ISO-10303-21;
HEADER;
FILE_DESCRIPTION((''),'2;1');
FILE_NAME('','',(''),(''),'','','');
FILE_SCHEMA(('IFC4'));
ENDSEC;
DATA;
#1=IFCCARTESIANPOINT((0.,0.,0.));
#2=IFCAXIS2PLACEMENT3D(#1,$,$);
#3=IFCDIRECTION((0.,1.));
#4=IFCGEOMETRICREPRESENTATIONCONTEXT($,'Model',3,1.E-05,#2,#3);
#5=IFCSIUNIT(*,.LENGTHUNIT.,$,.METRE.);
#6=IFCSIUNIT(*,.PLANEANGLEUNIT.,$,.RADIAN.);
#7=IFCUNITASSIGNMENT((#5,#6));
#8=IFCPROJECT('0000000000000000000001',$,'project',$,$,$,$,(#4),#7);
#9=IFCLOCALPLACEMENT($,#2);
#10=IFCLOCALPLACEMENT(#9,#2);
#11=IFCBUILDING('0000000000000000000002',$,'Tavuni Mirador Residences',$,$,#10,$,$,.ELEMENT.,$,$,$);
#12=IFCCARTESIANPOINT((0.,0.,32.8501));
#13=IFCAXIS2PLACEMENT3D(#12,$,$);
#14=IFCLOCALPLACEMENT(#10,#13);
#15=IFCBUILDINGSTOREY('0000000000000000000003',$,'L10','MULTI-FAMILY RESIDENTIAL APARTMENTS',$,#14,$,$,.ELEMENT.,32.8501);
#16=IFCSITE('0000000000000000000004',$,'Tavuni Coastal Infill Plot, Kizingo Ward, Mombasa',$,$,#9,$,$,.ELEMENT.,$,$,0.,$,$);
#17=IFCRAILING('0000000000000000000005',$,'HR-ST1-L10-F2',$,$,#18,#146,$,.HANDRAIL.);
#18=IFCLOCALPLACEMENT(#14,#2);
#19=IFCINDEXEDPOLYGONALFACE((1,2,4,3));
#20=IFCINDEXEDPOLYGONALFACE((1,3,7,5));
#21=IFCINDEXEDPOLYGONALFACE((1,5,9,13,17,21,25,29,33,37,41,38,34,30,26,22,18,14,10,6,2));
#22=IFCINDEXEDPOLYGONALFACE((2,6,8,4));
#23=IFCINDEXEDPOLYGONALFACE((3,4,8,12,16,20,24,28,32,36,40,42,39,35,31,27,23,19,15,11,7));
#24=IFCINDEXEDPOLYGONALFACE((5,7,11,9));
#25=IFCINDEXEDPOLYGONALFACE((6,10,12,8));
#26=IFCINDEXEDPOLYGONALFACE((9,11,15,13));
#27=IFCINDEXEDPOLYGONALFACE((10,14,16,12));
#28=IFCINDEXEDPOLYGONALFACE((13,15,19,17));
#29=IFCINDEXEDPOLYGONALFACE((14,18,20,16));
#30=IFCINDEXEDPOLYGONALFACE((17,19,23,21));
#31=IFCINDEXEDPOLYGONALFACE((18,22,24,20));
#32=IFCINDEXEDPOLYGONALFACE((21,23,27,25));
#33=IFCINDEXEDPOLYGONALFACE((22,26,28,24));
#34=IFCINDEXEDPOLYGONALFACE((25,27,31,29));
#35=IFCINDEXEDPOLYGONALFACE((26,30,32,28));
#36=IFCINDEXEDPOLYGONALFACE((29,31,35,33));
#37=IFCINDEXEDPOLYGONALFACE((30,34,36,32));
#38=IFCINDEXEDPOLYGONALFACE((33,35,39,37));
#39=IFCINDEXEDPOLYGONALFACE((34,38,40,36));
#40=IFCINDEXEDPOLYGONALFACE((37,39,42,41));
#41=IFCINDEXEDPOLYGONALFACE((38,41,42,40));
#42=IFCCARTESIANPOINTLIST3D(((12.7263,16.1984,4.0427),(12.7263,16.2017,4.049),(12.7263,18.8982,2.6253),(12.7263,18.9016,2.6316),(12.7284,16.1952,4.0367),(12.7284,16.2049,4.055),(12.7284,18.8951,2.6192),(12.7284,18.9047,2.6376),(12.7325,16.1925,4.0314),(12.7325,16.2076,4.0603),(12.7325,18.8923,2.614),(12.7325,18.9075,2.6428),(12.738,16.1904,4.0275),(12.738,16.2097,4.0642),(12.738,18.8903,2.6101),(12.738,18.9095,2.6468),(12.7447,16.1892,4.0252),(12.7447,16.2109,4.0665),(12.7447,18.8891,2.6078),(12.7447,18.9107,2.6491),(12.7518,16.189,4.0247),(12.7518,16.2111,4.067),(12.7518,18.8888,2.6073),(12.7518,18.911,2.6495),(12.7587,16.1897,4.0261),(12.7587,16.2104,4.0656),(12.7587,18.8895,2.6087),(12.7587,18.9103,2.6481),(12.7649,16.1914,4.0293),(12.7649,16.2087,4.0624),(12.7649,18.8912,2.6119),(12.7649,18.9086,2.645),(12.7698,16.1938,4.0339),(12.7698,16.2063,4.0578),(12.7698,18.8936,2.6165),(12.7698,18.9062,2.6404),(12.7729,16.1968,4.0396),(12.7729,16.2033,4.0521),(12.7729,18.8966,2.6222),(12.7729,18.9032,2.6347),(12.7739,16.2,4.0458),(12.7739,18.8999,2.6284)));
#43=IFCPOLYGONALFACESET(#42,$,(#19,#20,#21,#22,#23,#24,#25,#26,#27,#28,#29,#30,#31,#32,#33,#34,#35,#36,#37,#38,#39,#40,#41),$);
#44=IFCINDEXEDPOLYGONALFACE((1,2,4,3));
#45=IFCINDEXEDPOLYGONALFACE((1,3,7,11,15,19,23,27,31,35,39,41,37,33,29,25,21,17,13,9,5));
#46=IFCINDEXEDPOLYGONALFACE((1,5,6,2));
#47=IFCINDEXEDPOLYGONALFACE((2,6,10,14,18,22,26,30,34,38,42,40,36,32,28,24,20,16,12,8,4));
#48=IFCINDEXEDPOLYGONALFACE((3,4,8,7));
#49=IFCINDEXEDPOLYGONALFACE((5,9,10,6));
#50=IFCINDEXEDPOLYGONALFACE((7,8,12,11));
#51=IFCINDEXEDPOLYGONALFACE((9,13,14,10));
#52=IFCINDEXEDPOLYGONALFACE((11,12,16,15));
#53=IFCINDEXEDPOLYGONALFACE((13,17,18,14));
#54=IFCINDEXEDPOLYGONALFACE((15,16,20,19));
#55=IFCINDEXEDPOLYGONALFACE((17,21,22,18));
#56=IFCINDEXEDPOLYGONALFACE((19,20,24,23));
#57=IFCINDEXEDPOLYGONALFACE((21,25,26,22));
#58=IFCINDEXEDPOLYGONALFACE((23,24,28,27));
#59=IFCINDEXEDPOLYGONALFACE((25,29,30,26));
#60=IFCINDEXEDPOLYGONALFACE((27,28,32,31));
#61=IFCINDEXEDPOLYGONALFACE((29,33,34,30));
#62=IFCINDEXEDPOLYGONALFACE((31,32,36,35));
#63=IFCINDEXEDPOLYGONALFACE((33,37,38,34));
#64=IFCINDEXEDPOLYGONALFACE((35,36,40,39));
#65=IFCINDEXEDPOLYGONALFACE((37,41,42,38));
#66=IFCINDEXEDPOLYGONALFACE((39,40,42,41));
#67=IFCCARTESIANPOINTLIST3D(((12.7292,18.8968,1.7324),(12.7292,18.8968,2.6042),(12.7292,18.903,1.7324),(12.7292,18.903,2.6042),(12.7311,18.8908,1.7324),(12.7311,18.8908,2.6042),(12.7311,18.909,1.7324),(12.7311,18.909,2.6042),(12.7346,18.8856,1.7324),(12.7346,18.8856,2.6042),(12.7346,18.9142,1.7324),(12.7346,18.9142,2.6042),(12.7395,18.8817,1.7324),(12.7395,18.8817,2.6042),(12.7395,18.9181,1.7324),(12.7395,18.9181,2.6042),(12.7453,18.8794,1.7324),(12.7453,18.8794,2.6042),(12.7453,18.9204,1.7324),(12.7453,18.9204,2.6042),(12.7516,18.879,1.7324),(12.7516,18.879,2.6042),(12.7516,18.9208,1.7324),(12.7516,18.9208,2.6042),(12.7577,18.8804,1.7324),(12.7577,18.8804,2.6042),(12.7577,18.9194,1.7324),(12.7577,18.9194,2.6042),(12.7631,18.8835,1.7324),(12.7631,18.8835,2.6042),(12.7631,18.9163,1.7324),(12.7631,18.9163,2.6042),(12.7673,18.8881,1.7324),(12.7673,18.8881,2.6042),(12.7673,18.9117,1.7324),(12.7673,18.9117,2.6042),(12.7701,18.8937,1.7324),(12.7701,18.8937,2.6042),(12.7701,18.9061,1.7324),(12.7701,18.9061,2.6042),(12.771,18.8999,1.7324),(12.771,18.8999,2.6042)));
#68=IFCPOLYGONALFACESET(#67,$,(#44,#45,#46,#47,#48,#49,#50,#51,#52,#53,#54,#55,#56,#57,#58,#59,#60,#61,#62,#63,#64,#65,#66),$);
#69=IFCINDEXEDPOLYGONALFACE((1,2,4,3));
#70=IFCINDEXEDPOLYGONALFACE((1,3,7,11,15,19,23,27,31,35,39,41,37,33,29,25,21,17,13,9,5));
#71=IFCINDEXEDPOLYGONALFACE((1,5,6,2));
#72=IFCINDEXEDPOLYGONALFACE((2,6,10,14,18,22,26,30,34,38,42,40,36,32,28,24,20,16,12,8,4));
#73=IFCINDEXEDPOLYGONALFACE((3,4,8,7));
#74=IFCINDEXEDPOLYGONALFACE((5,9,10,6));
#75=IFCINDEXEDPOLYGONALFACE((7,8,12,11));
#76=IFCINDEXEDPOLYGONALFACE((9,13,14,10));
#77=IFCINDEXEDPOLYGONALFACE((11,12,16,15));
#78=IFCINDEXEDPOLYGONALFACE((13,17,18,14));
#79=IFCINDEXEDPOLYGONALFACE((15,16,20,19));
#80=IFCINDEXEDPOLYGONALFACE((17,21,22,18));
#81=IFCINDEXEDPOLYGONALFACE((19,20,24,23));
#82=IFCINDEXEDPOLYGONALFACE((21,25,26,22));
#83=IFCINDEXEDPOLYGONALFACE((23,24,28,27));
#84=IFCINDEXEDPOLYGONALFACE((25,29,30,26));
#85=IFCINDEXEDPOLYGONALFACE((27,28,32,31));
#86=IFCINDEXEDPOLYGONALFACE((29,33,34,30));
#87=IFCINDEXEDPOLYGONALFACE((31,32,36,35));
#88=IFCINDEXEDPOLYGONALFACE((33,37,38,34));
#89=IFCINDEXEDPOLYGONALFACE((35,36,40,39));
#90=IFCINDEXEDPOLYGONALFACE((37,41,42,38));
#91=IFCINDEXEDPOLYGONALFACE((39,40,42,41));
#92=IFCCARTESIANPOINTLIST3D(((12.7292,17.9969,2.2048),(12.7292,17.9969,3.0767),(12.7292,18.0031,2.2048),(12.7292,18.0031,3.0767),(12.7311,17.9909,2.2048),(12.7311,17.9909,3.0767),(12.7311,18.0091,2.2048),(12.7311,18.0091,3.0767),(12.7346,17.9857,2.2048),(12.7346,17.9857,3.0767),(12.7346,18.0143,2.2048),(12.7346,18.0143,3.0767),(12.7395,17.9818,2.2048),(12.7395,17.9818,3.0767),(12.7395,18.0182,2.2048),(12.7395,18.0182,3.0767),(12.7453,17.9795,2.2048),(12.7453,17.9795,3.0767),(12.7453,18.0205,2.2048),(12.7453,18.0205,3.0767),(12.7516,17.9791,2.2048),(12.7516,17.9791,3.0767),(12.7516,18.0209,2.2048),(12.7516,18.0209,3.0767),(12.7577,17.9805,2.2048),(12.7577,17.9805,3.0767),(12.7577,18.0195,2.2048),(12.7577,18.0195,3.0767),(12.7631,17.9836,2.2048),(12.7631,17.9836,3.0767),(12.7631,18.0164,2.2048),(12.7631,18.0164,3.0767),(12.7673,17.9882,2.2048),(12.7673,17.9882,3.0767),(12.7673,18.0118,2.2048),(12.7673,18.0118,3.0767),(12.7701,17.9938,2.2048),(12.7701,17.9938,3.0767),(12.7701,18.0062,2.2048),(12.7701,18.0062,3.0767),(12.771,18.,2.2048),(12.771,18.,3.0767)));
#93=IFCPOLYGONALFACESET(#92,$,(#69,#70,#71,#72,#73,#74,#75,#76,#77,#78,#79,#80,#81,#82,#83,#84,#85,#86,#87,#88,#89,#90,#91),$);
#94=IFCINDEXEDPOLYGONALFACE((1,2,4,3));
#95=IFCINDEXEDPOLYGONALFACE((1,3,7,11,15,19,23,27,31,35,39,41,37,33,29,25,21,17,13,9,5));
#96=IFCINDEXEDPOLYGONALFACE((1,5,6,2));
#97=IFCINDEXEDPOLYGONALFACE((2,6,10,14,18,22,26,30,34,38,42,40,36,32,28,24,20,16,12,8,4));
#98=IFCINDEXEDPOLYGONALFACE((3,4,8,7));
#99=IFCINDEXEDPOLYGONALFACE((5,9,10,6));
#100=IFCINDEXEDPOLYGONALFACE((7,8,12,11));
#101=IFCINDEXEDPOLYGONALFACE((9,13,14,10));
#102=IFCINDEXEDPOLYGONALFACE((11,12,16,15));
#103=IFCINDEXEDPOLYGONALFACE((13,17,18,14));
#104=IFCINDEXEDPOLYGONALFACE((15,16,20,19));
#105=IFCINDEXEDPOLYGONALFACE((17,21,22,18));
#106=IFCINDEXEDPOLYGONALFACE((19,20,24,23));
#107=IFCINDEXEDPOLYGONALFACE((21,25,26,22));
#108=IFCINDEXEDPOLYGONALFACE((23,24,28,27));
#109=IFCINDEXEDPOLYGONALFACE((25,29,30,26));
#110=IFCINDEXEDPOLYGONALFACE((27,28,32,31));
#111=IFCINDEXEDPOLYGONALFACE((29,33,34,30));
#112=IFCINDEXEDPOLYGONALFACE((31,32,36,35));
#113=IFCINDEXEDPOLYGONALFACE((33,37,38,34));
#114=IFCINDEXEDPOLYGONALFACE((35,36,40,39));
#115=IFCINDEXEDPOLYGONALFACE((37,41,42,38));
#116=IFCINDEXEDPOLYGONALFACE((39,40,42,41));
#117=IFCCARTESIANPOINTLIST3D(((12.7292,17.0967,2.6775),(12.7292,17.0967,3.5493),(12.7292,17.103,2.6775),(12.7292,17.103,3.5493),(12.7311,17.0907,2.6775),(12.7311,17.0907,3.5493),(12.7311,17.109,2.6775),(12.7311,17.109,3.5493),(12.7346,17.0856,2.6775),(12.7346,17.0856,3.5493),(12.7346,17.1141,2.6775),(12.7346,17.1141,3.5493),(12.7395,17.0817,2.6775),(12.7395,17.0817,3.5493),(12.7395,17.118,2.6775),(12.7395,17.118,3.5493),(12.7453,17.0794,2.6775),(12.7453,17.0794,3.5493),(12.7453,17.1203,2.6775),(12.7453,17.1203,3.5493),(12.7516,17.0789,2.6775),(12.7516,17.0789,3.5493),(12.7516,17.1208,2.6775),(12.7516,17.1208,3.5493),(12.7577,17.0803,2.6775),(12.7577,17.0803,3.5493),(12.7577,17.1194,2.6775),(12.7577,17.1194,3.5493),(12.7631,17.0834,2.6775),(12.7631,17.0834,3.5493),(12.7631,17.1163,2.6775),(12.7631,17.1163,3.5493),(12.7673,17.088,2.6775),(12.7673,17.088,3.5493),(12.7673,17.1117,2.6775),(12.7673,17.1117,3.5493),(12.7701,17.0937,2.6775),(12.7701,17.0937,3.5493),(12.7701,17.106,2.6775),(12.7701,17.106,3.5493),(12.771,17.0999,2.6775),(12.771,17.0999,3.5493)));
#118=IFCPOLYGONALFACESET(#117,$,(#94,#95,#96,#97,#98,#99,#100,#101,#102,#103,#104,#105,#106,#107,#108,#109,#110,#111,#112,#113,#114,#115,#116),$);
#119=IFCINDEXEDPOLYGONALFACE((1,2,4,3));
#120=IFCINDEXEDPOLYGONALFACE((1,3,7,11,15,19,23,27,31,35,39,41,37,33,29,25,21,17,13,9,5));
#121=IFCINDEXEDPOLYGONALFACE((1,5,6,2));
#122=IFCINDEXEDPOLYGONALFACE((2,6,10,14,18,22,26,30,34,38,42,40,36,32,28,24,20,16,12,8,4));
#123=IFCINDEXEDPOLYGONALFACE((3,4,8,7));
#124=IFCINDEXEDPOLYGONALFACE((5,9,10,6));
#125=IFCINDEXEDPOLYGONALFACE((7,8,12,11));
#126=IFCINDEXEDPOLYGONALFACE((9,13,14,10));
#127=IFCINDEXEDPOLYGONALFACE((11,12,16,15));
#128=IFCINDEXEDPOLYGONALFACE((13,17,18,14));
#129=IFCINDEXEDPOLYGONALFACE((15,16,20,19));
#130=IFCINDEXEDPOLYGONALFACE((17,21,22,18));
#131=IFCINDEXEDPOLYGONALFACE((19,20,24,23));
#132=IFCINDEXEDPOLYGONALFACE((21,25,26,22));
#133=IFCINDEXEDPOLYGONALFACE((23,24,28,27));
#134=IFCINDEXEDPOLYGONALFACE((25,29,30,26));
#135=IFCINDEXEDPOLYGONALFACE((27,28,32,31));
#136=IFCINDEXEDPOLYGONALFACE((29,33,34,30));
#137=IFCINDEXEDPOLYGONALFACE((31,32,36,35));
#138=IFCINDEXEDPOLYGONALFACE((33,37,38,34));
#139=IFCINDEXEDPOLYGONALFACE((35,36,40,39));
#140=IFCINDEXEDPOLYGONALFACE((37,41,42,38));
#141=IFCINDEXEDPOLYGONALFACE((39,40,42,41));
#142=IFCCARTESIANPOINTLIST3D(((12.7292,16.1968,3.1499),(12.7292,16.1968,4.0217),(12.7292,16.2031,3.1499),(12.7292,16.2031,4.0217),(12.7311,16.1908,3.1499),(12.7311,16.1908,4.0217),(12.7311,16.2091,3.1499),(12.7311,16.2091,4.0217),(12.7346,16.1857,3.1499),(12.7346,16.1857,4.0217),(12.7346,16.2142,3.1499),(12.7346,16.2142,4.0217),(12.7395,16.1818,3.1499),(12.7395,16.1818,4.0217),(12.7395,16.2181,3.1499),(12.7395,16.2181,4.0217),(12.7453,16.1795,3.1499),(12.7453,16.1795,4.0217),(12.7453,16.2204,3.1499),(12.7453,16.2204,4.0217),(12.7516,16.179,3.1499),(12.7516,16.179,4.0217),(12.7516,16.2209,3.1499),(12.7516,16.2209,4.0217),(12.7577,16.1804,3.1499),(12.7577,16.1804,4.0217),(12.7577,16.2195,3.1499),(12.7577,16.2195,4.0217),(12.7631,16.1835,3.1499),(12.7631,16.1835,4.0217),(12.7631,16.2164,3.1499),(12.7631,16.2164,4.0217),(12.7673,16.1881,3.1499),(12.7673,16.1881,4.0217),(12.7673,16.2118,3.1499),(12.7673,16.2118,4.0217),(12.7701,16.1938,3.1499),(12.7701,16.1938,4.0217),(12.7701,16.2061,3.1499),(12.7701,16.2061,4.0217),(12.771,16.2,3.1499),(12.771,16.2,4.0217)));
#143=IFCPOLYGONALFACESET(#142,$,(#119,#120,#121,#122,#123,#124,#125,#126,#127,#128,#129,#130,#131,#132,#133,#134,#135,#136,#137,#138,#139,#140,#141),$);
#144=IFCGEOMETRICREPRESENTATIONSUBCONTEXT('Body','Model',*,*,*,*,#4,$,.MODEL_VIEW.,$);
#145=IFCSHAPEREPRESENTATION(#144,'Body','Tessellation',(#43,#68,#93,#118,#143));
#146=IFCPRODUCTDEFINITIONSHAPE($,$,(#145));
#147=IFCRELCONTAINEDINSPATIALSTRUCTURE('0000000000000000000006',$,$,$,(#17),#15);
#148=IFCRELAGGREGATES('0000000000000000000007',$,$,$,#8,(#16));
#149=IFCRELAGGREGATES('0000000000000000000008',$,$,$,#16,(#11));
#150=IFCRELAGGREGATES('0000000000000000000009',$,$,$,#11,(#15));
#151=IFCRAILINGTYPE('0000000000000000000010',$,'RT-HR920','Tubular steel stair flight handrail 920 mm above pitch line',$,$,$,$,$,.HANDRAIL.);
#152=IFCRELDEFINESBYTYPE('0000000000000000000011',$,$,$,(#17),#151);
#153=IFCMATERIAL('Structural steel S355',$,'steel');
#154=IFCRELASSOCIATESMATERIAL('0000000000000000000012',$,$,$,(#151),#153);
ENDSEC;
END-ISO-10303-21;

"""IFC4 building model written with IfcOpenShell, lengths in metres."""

from ifc_helpers import new_model, si_unit, direction, frame, origin, origin_2d, place, context, subcontext, project, spatial, circle, extrude, material, type_object, element, save


model = new_model("IFC4")

# Units and contexts
model_context = context("Model", 3, precision=1e-05, world=origin(), true_north=direction((0.0, 1.0)))
body_context = subcontext(model_context, "Body", "Model", "MODEL_VIEW")
ifc_project = project(units=[si_unit("LENGTHUNIT", "METRE"), si_unit("PLANEANGLEUNIT", "RADIAN")], contexts=[model_context])

# Site, building, storey
site_placement = place(None, origin())
site = spatial("IfcSite", under=ifc_project, at=site_placement, Name="Tavuni Coastal Infill Plot, Kizingo Ward, Mombasa", CompositionType="ELEMENT", RefElevation=0.0)
building_placement = place(site_placement, origin())
building = spatial("IfcBuilding", under=site, at=building_placement, Name="Tavuni Mirador Residences", CompositionType="ELEMENT")
storey_placement = place(building_placement, frame((0.0, 0.0, 32.8501)))
storey = spatial("IfcBuildingStorey", under=building, at=storey_placement, Name="L10", Description="MULTI-FAMILY RESIDENTIAL APARTMENTS", CompositionType="ELEMENT", Elevation=32.8501)

# Shared definitions
ifc_material_1 = material(Name="Structural steel S355", Category="steel")

# Railing
railing_type_1 = type_object("IfcRailingType", Name="RT-HR920", Description="Tubular steel stair flight handrail 920 mm above pitch line", PredefinedType="HANDRAIL", material=ifc_material_1)
railing_1_placement = place(storey_placement, frame((12.75, 18.8999, 1.7324)))
element("IfcRailing", 1, at=railing_1_placement, inside=storey, type_object=railing_type_1, Name="HR-ST1-L10-F2", PredefinedType="HANDRAIL", context=body_context, shape_type="SweptSolid", body=[
    extrude(circle(Radius=0.0239, at=origin_2d()), frame((0.0, 0.0, 0.896), z_axis=(0.0, -0.885397, 0.464835), x_axis=(1.0, 0.0, 0.0)), (0.0, 0.0, 1.0), 3.0493),
    extrude(circle(Radius=0.021, at=origin_2d()), origin(), (0.0, 0.0, 1.0), 0.8718),
    extrude(circle(Radius=0.021, at=origin_2d()), frame((0.0, -0.8999, 0.4724)), (0.0, 0.0, 1.0), 0.8718),
    extrude(circle(Radius=0.021, at=origin_2d()), frame((0.0, -1.8, 0.9451)), (0.0, 0.0, 1.0), 0.8718),
    extrude(circle(Radius=0.021, at=origin_2d()), frame((0.0, -2.7, 1.4175)), (0.0, 0.0, 1.0), 0.8718),
])

save(model, "model.ifc")
